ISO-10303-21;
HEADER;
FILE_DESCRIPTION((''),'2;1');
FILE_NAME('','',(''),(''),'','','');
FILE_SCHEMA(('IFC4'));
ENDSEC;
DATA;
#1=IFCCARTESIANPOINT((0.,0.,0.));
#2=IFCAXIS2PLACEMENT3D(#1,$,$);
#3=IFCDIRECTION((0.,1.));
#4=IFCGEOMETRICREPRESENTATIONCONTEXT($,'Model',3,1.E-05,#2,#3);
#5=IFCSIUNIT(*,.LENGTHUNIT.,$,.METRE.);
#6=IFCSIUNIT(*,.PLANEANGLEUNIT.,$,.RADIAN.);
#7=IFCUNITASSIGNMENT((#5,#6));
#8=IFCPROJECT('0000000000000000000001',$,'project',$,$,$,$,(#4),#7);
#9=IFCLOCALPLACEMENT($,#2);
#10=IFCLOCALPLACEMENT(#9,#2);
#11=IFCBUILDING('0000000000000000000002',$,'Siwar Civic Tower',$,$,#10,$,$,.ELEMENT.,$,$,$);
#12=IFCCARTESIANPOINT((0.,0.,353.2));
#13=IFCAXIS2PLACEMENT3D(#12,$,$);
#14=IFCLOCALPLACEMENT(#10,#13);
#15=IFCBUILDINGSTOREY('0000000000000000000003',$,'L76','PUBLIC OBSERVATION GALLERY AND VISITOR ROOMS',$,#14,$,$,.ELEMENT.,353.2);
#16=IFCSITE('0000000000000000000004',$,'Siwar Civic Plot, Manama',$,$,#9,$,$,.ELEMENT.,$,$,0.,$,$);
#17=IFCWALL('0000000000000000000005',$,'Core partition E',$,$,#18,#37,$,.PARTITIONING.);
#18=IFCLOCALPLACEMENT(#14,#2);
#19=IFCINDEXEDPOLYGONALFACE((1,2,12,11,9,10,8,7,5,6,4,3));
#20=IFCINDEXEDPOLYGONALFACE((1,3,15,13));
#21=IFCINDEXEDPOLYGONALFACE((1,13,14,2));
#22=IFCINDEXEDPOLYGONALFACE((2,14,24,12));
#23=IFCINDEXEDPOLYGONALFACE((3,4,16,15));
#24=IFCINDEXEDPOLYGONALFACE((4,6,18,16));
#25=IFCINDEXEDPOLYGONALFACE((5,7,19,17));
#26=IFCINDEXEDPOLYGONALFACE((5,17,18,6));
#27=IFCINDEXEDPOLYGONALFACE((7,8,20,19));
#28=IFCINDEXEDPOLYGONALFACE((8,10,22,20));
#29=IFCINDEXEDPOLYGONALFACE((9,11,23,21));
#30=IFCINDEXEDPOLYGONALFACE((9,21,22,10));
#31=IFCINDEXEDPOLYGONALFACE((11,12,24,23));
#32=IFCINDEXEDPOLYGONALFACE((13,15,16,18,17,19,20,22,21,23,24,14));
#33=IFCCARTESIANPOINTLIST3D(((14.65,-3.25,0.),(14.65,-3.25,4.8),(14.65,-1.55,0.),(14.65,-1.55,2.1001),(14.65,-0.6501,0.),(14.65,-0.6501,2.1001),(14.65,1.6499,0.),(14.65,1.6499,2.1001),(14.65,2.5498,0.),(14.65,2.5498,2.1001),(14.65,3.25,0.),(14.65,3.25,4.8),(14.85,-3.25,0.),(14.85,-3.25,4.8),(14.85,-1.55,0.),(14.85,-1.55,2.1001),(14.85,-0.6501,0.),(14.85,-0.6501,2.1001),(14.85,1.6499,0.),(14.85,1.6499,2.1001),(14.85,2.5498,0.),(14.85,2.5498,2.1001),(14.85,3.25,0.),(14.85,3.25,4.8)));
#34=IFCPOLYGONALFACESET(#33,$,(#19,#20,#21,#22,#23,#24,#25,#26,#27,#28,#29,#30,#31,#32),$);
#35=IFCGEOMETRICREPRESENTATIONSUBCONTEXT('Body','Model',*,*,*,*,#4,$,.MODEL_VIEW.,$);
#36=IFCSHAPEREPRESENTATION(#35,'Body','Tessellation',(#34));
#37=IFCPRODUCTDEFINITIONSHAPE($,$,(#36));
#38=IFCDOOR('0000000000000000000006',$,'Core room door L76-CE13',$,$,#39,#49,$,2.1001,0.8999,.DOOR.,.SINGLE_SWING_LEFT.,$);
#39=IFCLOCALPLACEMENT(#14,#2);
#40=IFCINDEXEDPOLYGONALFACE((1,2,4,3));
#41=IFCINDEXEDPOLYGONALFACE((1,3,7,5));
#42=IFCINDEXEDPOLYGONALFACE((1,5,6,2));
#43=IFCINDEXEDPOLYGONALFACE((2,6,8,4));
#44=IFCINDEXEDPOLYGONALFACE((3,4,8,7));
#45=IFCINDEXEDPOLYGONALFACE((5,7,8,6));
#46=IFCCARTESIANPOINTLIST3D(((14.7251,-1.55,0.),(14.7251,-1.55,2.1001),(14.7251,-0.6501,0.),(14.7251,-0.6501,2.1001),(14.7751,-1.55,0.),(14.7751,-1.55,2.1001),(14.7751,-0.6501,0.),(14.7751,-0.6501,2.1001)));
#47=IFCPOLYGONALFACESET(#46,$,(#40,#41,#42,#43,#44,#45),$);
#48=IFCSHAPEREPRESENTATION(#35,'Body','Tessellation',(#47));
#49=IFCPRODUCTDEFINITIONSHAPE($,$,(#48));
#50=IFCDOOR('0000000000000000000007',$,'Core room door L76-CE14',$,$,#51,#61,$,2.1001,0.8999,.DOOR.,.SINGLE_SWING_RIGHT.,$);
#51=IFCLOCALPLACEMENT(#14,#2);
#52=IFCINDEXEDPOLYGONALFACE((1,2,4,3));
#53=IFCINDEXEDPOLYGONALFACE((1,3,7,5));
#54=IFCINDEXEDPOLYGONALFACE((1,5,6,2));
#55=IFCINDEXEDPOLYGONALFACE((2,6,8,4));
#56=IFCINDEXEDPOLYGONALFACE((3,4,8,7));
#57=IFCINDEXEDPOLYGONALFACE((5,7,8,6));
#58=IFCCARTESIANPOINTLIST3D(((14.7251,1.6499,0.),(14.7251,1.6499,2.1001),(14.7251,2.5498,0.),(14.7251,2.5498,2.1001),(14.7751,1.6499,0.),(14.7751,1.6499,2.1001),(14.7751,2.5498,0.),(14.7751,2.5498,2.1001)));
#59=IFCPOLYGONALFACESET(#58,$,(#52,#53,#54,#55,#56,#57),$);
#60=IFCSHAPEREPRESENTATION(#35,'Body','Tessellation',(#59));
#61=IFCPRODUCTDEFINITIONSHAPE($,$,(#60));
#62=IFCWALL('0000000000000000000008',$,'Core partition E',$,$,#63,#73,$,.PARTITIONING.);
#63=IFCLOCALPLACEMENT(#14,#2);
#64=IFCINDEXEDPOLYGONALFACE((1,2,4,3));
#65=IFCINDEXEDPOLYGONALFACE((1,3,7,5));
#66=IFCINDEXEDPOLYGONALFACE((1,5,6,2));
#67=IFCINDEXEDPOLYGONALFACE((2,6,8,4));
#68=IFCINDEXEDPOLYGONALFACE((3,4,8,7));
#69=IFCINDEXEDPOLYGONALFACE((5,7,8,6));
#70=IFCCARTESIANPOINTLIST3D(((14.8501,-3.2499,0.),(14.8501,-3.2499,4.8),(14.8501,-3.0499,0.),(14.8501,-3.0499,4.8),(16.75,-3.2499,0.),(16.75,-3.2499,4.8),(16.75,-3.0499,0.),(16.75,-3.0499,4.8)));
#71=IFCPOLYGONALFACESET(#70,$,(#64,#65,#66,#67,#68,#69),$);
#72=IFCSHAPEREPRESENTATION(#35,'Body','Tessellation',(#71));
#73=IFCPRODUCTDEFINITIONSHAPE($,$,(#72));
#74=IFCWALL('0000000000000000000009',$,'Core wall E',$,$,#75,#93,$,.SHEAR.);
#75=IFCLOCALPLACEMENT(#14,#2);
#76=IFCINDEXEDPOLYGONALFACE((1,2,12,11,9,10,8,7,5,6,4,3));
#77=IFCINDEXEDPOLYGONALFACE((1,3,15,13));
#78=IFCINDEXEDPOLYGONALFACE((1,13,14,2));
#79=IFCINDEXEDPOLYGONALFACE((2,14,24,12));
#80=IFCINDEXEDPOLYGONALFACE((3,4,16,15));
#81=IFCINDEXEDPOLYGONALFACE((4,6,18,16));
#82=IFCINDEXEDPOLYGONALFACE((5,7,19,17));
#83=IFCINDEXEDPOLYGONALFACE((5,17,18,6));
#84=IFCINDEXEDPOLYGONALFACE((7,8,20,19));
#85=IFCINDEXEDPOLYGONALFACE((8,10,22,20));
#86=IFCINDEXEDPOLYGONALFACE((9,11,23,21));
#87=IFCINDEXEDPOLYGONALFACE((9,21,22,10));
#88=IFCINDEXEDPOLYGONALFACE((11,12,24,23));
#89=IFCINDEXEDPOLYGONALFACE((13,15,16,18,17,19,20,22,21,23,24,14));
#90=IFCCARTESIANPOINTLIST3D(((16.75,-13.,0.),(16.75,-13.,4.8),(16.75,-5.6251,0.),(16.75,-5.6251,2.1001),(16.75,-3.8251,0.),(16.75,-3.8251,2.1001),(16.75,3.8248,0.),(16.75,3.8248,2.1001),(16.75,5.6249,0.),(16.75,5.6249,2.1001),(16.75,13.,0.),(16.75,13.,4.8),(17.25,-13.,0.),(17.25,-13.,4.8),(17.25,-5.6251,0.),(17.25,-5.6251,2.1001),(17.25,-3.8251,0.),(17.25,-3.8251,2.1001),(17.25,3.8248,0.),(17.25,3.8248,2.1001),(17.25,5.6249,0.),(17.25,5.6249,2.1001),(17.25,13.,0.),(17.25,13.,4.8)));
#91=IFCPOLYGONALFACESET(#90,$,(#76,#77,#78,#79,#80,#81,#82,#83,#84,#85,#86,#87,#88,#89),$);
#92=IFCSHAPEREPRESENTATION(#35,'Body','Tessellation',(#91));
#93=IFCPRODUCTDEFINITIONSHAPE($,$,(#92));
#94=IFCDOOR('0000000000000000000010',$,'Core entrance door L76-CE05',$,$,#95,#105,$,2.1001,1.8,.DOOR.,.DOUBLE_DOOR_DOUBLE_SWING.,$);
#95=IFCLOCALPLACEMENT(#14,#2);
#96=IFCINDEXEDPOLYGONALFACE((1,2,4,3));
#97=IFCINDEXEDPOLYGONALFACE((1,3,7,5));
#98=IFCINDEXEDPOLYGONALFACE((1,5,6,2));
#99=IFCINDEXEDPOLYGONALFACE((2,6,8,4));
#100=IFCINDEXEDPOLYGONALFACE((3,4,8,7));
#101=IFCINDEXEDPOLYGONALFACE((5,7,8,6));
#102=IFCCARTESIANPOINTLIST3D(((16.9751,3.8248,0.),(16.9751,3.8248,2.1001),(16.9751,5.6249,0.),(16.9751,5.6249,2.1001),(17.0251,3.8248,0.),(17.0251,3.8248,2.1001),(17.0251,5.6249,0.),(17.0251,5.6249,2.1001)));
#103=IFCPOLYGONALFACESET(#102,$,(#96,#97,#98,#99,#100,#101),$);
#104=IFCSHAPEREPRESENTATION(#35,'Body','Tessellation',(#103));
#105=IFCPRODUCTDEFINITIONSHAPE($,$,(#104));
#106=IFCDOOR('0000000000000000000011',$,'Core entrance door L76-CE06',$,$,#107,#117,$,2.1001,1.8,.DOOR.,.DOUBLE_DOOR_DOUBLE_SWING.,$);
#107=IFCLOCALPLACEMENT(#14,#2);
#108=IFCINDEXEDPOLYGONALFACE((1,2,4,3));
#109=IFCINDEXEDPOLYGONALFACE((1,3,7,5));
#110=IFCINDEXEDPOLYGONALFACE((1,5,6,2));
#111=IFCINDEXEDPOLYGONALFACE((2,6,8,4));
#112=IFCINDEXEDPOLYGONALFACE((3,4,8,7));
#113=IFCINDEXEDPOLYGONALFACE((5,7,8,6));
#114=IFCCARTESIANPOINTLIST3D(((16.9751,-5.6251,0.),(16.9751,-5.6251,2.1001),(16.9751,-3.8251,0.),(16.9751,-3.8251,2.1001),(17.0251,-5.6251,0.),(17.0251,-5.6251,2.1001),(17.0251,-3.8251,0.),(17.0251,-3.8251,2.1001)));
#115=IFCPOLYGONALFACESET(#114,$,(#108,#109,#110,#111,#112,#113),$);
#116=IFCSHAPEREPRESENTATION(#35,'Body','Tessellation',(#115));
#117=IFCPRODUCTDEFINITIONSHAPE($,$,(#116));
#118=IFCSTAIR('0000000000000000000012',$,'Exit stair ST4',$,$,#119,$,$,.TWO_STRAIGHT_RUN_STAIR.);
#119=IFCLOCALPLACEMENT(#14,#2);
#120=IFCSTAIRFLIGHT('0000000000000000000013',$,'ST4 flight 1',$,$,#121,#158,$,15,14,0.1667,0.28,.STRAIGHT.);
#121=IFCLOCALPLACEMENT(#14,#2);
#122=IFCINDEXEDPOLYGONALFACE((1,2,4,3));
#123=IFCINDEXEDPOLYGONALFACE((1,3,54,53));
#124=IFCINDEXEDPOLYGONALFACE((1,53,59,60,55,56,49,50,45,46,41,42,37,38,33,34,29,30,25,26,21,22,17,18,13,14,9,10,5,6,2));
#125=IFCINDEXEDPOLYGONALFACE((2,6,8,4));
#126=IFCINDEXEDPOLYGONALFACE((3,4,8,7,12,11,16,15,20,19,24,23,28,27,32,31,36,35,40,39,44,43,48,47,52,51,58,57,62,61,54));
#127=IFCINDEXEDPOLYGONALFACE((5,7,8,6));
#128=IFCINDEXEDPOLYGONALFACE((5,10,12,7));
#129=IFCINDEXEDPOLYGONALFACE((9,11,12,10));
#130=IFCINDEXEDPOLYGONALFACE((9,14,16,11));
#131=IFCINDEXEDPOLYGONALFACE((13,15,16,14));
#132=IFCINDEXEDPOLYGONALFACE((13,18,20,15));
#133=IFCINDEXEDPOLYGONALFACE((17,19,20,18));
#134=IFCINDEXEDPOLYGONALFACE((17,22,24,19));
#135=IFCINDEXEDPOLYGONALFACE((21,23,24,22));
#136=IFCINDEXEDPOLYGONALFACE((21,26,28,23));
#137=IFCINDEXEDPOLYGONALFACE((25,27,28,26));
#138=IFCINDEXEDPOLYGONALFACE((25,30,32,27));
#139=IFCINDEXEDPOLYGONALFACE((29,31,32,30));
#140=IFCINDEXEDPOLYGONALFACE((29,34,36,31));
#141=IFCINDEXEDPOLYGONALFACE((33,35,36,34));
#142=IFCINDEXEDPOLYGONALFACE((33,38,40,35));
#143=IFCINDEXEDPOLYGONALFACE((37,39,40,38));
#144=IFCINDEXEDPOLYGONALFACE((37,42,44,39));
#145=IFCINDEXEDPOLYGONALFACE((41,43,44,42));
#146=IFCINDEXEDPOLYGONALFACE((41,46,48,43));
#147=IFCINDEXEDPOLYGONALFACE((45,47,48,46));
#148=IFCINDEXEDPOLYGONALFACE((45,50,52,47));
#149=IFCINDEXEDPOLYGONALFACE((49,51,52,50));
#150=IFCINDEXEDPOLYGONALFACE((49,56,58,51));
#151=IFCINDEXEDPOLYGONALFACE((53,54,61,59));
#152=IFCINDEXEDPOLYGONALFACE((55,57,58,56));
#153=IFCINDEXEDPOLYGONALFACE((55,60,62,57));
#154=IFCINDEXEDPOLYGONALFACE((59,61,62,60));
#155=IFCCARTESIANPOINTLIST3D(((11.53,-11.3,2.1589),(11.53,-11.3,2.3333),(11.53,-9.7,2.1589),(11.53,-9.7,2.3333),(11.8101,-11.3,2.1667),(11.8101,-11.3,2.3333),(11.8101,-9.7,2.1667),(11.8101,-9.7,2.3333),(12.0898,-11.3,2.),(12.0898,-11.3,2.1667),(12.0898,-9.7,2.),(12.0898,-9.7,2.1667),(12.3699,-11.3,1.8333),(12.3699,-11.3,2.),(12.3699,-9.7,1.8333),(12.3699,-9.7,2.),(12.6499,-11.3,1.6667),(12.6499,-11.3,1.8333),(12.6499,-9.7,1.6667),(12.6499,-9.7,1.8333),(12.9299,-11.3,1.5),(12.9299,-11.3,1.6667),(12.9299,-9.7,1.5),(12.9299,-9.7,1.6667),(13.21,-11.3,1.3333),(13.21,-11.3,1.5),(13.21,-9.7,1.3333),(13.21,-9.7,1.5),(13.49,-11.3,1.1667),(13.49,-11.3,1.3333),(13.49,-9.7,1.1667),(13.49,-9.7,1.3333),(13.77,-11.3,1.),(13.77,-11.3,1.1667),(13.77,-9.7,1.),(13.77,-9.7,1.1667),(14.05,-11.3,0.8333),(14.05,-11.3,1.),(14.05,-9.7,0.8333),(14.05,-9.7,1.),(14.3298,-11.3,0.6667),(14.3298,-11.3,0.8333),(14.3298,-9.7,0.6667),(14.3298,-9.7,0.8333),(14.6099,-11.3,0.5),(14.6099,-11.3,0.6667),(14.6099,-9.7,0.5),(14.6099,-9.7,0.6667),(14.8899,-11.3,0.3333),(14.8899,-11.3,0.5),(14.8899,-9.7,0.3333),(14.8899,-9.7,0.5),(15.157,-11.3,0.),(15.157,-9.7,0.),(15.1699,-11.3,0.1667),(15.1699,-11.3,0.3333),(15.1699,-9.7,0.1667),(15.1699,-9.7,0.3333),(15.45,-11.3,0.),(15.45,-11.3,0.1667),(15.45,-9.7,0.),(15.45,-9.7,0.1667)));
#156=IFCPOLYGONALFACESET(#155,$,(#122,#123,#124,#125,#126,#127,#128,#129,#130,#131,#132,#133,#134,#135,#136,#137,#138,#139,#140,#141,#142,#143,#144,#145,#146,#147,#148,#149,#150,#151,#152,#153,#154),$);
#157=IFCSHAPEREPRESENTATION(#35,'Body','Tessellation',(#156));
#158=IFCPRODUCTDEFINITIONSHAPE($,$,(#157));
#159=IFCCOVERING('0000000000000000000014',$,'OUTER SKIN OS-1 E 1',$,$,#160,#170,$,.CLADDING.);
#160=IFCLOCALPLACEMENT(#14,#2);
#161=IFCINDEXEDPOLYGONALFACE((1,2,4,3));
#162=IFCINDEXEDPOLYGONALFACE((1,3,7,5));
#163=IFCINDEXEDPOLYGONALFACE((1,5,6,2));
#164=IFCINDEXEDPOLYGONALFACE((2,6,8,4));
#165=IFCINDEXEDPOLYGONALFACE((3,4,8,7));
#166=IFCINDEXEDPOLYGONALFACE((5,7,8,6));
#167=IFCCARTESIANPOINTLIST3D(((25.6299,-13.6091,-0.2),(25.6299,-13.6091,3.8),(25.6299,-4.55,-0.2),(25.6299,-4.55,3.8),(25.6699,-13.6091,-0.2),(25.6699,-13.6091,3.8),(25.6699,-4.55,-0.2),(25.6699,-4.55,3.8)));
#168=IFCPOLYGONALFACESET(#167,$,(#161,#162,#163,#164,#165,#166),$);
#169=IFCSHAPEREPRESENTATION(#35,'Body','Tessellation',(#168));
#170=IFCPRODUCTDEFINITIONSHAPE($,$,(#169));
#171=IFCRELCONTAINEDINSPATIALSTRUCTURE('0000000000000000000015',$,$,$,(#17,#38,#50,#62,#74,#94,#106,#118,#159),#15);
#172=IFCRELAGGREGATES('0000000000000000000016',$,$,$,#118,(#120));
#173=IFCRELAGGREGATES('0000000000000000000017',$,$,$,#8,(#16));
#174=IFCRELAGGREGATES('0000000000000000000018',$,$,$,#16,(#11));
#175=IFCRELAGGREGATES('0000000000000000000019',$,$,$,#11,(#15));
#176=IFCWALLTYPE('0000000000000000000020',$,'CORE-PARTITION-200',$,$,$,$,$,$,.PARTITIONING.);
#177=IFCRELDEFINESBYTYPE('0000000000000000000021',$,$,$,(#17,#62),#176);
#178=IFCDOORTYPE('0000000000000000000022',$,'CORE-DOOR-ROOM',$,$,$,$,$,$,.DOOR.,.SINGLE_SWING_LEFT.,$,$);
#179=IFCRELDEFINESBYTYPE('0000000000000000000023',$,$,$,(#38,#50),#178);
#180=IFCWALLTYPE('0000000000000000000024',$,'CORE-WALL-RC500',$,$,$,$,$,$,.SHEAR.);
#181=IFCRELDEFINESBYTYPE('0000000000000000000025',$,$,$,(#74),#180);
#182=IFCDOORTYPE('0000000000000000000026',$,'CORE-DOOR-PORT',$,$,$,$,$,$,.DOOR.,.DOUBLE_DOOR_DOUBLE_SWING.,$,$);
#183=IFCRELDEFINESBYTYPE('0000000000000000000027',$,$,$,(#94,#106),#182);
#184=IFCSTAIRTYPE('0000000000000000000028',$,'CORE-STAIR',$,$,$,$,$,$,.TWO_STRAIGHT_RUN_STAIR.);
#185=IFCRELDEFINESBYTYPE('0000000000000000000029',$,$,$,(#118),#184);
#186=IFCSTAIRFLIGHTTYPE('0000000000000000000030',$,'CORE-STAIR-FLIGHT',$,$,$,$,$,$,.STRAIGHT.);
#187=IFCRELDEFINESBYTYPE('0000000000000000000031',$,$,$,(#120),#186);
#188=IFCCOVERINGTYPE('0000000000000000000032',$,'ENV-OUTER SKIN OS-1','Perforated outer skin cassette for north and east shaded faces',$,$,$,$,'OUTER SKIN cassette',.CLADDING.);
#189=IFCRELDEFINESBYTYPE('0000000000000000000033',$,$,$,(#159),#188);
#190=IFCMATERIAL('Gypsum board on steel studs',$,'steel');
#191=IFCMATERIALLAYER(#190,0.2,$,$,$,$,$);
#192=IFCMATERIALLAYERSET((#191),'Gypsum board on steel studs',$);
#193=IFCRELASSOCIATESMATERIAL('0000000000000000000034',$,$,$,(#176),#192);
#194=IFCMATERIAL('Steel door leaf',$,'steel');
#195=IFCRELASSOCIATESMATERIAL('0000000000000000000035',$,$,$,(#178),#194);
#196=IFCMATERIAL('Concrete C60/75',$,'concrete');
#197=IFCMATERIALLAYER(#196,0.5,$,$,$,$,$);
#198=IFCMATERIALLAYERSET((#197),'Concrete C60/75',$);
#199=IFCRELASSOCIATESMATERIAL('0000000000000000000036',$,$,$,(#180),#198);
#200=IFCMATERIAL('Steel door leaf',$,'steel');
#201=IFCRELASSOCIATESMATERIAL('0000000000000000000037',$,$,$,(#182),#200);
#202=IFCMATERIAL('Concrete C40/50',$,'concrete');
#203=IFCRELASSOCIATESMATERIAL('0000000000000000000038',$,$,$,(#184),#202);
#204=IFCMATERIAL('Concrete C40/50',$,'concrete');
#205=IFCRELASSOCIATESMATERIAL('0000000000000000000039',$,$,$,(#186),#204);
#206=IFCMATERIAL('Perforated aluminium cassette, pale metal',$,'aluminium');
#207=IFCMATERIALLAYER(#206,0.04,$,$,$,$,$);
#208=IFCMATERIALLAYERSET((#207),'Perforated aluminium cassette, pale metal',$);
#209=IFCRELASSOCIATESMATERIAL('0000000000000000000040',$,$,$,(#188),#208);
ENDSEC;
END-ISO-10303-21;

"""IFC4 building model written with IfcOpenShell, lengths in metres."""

from ifc_helpers import new_model, si_unit, direction, frame, frame_2d, origin, origin_2d, place, context, subcontext, project, spatial, polyline, rectangle, outline, extrude, material, layer, layer_set, type_object, element, fill, aggregate, save


model = new_model("IFC4")

# Units and contexts
model_context = context("Model", 3, precision=1e-05, world=origin(), true_north=direction((0.0, 1.0)))
body_context = subcontext(model_context, "Body", "Model", "MODEL_VIEW")
ifc_project = project(units=[si_unit("LENGTHUNIT", "METRE"), si_unit("PLANEANGLEUNIT", "RADIAN")], contexts=[model_context])

# Site, building, storey
site_placement = place(None, origin())
site = spatial("IfcSite", under=ifc_project, at=site_placement, Name="Siwar Civic Plot, Manama", CompositionType="ELEMENT", RefElevation=0.0)
building_placement = place(site_placement, origin())
building = spatial("IfcBuilding", under=site, at=building_placement, Name="Siwar Civic Tower", CompositionType="ELEMENT")
storey_placement = place(building_placement, frame((0.0, 0.0, 353.2)))
storey = spatial("IfcBuildingStorey", under=building, at=storey_placement, Name="L76", Description="PUBLIC OBSERVATION GALLERY AND VISITOR ROOMS", CompositionType="ELEMENT", Elevation=353.2)

# Wall, openings, doors
ifc_material_1 = material(Name="Gypsum board on steel studs", Category="steel")
ifc_layer_1 = layer(ifc_material_1, 0.2)
ifc_layer_set_1 = layer_set([ifc_layer_1], Name="Gypsum board on steel studs")
wall_type_1 = type_object("IfcWallType", Name="CORE-PARTITION-200", PredefinedType="PARTITIONING", material=ifc_layer_set_1)
wall_1_placement = place(storey_placement, frame((14.75, -3.25, 0.0), z_axis=(0.0, 0.0, 1.0), x_axis=(0.0, 1.0, 0.0)))
wall_1 = element("IfcWall", 1, at=wall_1_placement, inside=storey, type_object=wall_type_1, Name="Core partition E", PredefinedType="PARTITIONING", context=body_context, shape_type="SweptSolid", body=[
    extrude(rectangle(XDim=6.5, YDim=0.2, at=frame_2d((3.25, 0.0))), origin(), (0.0, 0.0, 1.0), 4.8),
])
opening_1_placement = place(wall_1_placement, frame((1.7, 0.0, 0.0)))
opening_1 = element("IfcOpeningElement", 2, at=opening_1_placement, cuts=wall_1, PredefinedType="OPENING", context=body_context, shape_type="SweptSolid", body=[
    extrude(rectangle(XDim=0.8999, YDim=2.1001, at=frame_2d((0.45, 1.05))), frame((0.0, 0.1099, 0.0), z_axis=(0.0, -1.0, 0.0), x_axis=(1.0, 0.0, 0.0)), (0.0, 0.0, 1.0), 0.22),
])
opening_2_placement = place(wall_1_placement, frame((4.8999, 0.0, 0.0)))
opening_2 = element("IfcOpeningElement", 3, at=opening_2_placement, cuts=wall_1, PredefinedType="OPENING", context=body_context, shape_type="SweptSolid", body=[
    extrude(rectangle(XDim=0.8999, YDim=2.1001, at=frame_2d((0.45, 1.05))), frame((0.0, 0.1099, 0.0), z_axis=(0.0, -1.0, 0.0), x_axis=(1.0, 0.0, 0.0)), (0.0, 0.0, 1.0), 0.22),
])
ifc_material_2 = material(Name="Steel door leaf", Category="steel")
door_type_1 = type_object("IfcDoorType", Name="CORE-DOOR-ROOM", OperationType="SINGLE_SWING_LEFT", PredefinedType="DOOR", material=ifc_material_2)
door_1_placement = place(opening_1_placement, origin())
door_1 = element("IfcDoor", 4, at=door_1_placement, inside=storey, type_object=door_type_1, Name="Core room door L76-CE13", OperationType="SINGLE_SWING_LEFT", OverallHeight=2.1001, OverallWidth=0.8999, PredefinedType="DOOR", context=body_context, shape_type="SweptSolid", body=[
    extrude(rectangle(XDim=0.8999, YDim=2.1001, at=frame_2d((0.45, 1.05))), frame((0.0, 0.0249, 0.0), z_axis=(0.0, -1.0, 0.0), x_axis=(1.0, 0.0, 0.0)), (0.0, 0.0, 1.0), 0.05),
])
fill(opening_1, door_1)
door_2_placement = place(opening_2_placement, origin())
door_2 = element("IfcDoor", 5, at=door_2_placement, inside=storey, type_object=door_type_1, Name="Core room door L76-CE14", OperationType="SINGLE_SWING_RIGHT", OverallHeight=2.1001, OverallWidth=0.8999, PredefinedType="DOOR", context=body_context, shape_type="SweptSolid", body=[
    extrude(rectangle(XDim=0.8999, YDim=2.1001, at=frame_2d((0.45, 1.05))), frame((0.0, 0.0249, 0.0), z_axis=(0.0, -1.0, 0.0), x_axis=(1.0, 0.0, 0.0)), (0.0, 0.0, 1.0), 0.05),
])
fill(opening_2, door_2)

# Wall
wall_2_placement = place(storey_placement, frame((14.8501, -3.1499, 0.0), z_axis=(0.0, 0.0, 1.0), x_axis=(1.0, 0.0, 0.0)))
element("IfcWall", 6, at=wall_2_placement, inside=storey, type_object=wall_type_1, Name="Core partition E", PredefinedType="PARTITIONING", context=body_context, shape_type="SweptSolid", body=[
    extrude(rectangle(XDim=1.8999, YDim=0.2, at=frame_2d((0.95, 0.0))), origin(), (0.0, 0.0, 1.0), 4.8),
])

# Wall, openings, doors
ifc_material_3 = material(Name="Concrete C60/75", Category="concrete")
ifc_layer_2 = layer(ifc_material_3, 0.5)
ifc_layer_set_2 = layer_set([ifc_layer_2], Name="Concrete C60/75")
wall_type_2 = type_object("IfcWallType", Name="CORE-WALL-RC500", PredefinedType="SHEAR", material=ifc_layer_set_2)
wall_3_placement = place(storey_placement, frame((17.0, -13.0, 0.0), z_axis=(0.0, 0.0, 1.0), x_axis=(0.0, 1.0, 0.0)))
wall_3 = element("IfcWall", 7, at=wall_3_placement, inside=storey, type_object=wall_type_2, Name="Core wall E", PredefinedType="SHEAR", context=body_context, shape_type="SweptSolid", body=[
    extrude(rectangle(XDim=26.0, YDim=0.5, at=frame_2d((13.0, 0.0))), origin(), (0.0, 0.0, 1.0), 4.8),
])
opening_3_placement = place(wall_3_placement, frame((16.825, 0.0, 0.0)))
opening_3 = element("IfcOpeningElement", 8, at=opening_3_placement, cuts=wall_3, PredefinedType="OPENING", context=body_context, shape_type="SweptSolid", body=[
    extrude(rectangle(XDim=1.8, YDim=2.1001, at=frame_2d((0.8999, 1.05))), frame((0.0, 0.26, 0.0), z_axis=(0.0, -1.0, 0.0), x_axis=(1.0, 0.0, 0.0)), (0.0, 0.0, 1.0), 0.52),
])
opening_4_placement = place(wall_3_placement, frame((7.375, 0.0, 0.0)))
opening_4 = element("IfcOpeningElement", 9, at=opening_4_placement, cuts=wall_3, PredefinedType="OPENING", context=body_context, shape_type="SweptSolid", body=[
    extrude(rectangle(XDim=1.8, YDim=2.1001, at=frame_2d((0.8999, 1.05))), frame((0.0, 0.26, 0.0), z_axis=(0.0, -1.0, 0.0), x_axis=(1.0, 0.0, 0.0)), (0.0, 0.0, 1.0), 0.52),
])
ifc_material_4 = material(Name="Steel door leaf", Category="steel")
door_type_2 = type_object("IfcDoorType", Name="CORE-DOOR-PORT", OperationType="DOUBLE_DOOR_DOUBLE_SWING", PredefinedType="DOOR", material=ifc_material_4)
door_3_placement = place(opening_3_placement, origin())
door_3 = element("IfcDoor", 10, at=door_3_placement, inside=storey, type_object=door_type_2, Name="Core entrance door L76-CE05", OperationType="DOUBLE_DOOR_DOUBLE_SWING", OverallHeight=2.1001, OverallWidth=1.8, PredefinedType="DOOR", context=body_context, shape_type="SweptSolid", body=[
    extrude(rectangle(XDim=1.8, YDim=2.1001, at=frame_2d((0.8999, 1.05))), frame((0.0, 0.0249, 0.0), z_axis=(0.0, -1.0, 0.0), x_axis=(1.0, 0.0, 0.0)), (0.0, 0.0, 1.0), 0.05),
])
fill(opening_3, door_3)
door_4_placement = place(opening_4_placement, origin())
door_4 = element("IfcDoor", 11, at=door_4_placement, inside=storey, type_object=door_type_2, Name="Core entrance door L76-CE06", OperationType="DOUBLE_DOOR_DOUBLE_SWING", OverallHeight=2.1001, OverallWidth=1.8, PredefinedType="DOOR", context=body_context, shape_type="SweptSolid", body=[
    extrude(rectangle(XDim=1.8, YDim=2.1001, at=frame_2d((0.8999, 1.05))), frame((0.0, 0.0249, 0.0), z_axis=(0.0, -1.0, 0.0), x_axis=(1.0, 0.0, 0.0)), (0.0, 0.0, 1.0), 0.05),
])
fill(opening_4, door_4)

# Stair, stair flight
ifc_material_5 = material(Name="Concrete C40/50", Category="concrete")
stair_type = type_object("IfcStairType", Name="CORE-STAIR", PredefinedType="TWO_STRAIGHT_RUN_STAIR", material=ifc_material_5)
stair_placement = place(storey_placement, origin())
stair = element("IfcStair", 12, at=stair_placement, inside=storey, type_object=stair_type, Name="Exit stair ST4", PredefinedType="TWO_STRAIGHT_RUN_STAIR")
ifc_material_6 = material(Name="Concrete C40/50", Category="concrete")
stair_flight_type = type_object("IfcStairFlightType", Name="CORE-STAIR-FLIGHT", PredefinedType="STRAIGHT", material=ifc_material_6)
stair_flight_placement = place(storey_placement, frame((15.45, -10.5, 0.0), z_axis=(0.0, 0.0, 1.0), x_axis=(-1.0, 0.0, 0.0)))
stair_flight = element("IfcStairFlight", 13, at=stair_flight_placement, type_object=stair_flight_type, Name="ST4 flight 1", NumberOfRisers=15, NumberOfTreads=14, PredefinedType="STRAIGHT", RiserHeight=0.1667, TreadLength=0.28, context=body_context, shape_type="SweptSolid", body=[
    extrude(outline(polyline([(0.0, 0.0), (0.0, 0.1667), (0.28, 0.1667), (0.28, 0.3333), (0.5601, 0.3333), (0.5601, 0.5), (0.8401, 0.5), (0.8401, 0.6667), (1.1201, 0.6667), (1.1201, 0.8333), (1.3999, 0.8333), (1.3999, 1.0), (1.6799, 1.0), (1.6799, 1.1667), (1.96, 1.1667), (1.96, 1.3333), (2.24, 1.3333), (2.24, 1.5), (2.52, 1.5), (2.52, 1.6667), (2.8, 1.6667), (2.8, 1.8333), (3.0801, 1.8333), (3.0801, 2.0), (3.3601, 2.0), (3.3601, 2.1667), (3.6399, 2.1667), (3.6399, 2.3333), (3.9199, 2.3333), (3.9199, 2.5), (3.9199, 2.1589), (0.293, 0.0), (0.0, 0.0)])), frame((0.0, 0.8, 0.0), z_axis=(0.0, -1.0, 0.0), x_axis=(1.0, 0.0, 0.0)), (0.0, 0.0, 1.0), 1.6001),
])
aggregate(stair, [stair_flight])

# Covering
ifc_material_7 = material(Name="Perforated aluminium cassette, pale metal", Category="aluminium")
ifc_layer_3 = layer(ifc_material_7, 0.04)
ifc_layer_set_3 = layer_set([ifc_layer_3], Name="Perforated aluminium cassette, pale metal")
covering_type = type_object("IfcCoveringType", Name="ENV-OUTER SKIN OS-1", Description="Perforated outer skin cassette for north and east shaded faces", ElementType="OUTER SKIN cassette", PredefinedType="CLADDING", material=ifc_layer_set_3)
covering_placement = place(storey_placement, frame((25.6499, -9.0796, -0.2), z_axis=(0.0, 0.0, 1.0), x_axis=(0.0, 1.0, 0.0)))
element("IfcCovering", 14, at=covering_placement, inside=storey, type_object=covering_type, Name="OUTER SKIN OS-1 E 1", PredefinedType="CLADDING", context=body_context, shape_type="SweptSolid", body=[
    extrude(rectangle(XDim=9.0591, YDim=0.04, at=origin_2d()), origin(), (0.0, 0.0, 1.0), 4.0),
])

save(model, "model.ifc")
